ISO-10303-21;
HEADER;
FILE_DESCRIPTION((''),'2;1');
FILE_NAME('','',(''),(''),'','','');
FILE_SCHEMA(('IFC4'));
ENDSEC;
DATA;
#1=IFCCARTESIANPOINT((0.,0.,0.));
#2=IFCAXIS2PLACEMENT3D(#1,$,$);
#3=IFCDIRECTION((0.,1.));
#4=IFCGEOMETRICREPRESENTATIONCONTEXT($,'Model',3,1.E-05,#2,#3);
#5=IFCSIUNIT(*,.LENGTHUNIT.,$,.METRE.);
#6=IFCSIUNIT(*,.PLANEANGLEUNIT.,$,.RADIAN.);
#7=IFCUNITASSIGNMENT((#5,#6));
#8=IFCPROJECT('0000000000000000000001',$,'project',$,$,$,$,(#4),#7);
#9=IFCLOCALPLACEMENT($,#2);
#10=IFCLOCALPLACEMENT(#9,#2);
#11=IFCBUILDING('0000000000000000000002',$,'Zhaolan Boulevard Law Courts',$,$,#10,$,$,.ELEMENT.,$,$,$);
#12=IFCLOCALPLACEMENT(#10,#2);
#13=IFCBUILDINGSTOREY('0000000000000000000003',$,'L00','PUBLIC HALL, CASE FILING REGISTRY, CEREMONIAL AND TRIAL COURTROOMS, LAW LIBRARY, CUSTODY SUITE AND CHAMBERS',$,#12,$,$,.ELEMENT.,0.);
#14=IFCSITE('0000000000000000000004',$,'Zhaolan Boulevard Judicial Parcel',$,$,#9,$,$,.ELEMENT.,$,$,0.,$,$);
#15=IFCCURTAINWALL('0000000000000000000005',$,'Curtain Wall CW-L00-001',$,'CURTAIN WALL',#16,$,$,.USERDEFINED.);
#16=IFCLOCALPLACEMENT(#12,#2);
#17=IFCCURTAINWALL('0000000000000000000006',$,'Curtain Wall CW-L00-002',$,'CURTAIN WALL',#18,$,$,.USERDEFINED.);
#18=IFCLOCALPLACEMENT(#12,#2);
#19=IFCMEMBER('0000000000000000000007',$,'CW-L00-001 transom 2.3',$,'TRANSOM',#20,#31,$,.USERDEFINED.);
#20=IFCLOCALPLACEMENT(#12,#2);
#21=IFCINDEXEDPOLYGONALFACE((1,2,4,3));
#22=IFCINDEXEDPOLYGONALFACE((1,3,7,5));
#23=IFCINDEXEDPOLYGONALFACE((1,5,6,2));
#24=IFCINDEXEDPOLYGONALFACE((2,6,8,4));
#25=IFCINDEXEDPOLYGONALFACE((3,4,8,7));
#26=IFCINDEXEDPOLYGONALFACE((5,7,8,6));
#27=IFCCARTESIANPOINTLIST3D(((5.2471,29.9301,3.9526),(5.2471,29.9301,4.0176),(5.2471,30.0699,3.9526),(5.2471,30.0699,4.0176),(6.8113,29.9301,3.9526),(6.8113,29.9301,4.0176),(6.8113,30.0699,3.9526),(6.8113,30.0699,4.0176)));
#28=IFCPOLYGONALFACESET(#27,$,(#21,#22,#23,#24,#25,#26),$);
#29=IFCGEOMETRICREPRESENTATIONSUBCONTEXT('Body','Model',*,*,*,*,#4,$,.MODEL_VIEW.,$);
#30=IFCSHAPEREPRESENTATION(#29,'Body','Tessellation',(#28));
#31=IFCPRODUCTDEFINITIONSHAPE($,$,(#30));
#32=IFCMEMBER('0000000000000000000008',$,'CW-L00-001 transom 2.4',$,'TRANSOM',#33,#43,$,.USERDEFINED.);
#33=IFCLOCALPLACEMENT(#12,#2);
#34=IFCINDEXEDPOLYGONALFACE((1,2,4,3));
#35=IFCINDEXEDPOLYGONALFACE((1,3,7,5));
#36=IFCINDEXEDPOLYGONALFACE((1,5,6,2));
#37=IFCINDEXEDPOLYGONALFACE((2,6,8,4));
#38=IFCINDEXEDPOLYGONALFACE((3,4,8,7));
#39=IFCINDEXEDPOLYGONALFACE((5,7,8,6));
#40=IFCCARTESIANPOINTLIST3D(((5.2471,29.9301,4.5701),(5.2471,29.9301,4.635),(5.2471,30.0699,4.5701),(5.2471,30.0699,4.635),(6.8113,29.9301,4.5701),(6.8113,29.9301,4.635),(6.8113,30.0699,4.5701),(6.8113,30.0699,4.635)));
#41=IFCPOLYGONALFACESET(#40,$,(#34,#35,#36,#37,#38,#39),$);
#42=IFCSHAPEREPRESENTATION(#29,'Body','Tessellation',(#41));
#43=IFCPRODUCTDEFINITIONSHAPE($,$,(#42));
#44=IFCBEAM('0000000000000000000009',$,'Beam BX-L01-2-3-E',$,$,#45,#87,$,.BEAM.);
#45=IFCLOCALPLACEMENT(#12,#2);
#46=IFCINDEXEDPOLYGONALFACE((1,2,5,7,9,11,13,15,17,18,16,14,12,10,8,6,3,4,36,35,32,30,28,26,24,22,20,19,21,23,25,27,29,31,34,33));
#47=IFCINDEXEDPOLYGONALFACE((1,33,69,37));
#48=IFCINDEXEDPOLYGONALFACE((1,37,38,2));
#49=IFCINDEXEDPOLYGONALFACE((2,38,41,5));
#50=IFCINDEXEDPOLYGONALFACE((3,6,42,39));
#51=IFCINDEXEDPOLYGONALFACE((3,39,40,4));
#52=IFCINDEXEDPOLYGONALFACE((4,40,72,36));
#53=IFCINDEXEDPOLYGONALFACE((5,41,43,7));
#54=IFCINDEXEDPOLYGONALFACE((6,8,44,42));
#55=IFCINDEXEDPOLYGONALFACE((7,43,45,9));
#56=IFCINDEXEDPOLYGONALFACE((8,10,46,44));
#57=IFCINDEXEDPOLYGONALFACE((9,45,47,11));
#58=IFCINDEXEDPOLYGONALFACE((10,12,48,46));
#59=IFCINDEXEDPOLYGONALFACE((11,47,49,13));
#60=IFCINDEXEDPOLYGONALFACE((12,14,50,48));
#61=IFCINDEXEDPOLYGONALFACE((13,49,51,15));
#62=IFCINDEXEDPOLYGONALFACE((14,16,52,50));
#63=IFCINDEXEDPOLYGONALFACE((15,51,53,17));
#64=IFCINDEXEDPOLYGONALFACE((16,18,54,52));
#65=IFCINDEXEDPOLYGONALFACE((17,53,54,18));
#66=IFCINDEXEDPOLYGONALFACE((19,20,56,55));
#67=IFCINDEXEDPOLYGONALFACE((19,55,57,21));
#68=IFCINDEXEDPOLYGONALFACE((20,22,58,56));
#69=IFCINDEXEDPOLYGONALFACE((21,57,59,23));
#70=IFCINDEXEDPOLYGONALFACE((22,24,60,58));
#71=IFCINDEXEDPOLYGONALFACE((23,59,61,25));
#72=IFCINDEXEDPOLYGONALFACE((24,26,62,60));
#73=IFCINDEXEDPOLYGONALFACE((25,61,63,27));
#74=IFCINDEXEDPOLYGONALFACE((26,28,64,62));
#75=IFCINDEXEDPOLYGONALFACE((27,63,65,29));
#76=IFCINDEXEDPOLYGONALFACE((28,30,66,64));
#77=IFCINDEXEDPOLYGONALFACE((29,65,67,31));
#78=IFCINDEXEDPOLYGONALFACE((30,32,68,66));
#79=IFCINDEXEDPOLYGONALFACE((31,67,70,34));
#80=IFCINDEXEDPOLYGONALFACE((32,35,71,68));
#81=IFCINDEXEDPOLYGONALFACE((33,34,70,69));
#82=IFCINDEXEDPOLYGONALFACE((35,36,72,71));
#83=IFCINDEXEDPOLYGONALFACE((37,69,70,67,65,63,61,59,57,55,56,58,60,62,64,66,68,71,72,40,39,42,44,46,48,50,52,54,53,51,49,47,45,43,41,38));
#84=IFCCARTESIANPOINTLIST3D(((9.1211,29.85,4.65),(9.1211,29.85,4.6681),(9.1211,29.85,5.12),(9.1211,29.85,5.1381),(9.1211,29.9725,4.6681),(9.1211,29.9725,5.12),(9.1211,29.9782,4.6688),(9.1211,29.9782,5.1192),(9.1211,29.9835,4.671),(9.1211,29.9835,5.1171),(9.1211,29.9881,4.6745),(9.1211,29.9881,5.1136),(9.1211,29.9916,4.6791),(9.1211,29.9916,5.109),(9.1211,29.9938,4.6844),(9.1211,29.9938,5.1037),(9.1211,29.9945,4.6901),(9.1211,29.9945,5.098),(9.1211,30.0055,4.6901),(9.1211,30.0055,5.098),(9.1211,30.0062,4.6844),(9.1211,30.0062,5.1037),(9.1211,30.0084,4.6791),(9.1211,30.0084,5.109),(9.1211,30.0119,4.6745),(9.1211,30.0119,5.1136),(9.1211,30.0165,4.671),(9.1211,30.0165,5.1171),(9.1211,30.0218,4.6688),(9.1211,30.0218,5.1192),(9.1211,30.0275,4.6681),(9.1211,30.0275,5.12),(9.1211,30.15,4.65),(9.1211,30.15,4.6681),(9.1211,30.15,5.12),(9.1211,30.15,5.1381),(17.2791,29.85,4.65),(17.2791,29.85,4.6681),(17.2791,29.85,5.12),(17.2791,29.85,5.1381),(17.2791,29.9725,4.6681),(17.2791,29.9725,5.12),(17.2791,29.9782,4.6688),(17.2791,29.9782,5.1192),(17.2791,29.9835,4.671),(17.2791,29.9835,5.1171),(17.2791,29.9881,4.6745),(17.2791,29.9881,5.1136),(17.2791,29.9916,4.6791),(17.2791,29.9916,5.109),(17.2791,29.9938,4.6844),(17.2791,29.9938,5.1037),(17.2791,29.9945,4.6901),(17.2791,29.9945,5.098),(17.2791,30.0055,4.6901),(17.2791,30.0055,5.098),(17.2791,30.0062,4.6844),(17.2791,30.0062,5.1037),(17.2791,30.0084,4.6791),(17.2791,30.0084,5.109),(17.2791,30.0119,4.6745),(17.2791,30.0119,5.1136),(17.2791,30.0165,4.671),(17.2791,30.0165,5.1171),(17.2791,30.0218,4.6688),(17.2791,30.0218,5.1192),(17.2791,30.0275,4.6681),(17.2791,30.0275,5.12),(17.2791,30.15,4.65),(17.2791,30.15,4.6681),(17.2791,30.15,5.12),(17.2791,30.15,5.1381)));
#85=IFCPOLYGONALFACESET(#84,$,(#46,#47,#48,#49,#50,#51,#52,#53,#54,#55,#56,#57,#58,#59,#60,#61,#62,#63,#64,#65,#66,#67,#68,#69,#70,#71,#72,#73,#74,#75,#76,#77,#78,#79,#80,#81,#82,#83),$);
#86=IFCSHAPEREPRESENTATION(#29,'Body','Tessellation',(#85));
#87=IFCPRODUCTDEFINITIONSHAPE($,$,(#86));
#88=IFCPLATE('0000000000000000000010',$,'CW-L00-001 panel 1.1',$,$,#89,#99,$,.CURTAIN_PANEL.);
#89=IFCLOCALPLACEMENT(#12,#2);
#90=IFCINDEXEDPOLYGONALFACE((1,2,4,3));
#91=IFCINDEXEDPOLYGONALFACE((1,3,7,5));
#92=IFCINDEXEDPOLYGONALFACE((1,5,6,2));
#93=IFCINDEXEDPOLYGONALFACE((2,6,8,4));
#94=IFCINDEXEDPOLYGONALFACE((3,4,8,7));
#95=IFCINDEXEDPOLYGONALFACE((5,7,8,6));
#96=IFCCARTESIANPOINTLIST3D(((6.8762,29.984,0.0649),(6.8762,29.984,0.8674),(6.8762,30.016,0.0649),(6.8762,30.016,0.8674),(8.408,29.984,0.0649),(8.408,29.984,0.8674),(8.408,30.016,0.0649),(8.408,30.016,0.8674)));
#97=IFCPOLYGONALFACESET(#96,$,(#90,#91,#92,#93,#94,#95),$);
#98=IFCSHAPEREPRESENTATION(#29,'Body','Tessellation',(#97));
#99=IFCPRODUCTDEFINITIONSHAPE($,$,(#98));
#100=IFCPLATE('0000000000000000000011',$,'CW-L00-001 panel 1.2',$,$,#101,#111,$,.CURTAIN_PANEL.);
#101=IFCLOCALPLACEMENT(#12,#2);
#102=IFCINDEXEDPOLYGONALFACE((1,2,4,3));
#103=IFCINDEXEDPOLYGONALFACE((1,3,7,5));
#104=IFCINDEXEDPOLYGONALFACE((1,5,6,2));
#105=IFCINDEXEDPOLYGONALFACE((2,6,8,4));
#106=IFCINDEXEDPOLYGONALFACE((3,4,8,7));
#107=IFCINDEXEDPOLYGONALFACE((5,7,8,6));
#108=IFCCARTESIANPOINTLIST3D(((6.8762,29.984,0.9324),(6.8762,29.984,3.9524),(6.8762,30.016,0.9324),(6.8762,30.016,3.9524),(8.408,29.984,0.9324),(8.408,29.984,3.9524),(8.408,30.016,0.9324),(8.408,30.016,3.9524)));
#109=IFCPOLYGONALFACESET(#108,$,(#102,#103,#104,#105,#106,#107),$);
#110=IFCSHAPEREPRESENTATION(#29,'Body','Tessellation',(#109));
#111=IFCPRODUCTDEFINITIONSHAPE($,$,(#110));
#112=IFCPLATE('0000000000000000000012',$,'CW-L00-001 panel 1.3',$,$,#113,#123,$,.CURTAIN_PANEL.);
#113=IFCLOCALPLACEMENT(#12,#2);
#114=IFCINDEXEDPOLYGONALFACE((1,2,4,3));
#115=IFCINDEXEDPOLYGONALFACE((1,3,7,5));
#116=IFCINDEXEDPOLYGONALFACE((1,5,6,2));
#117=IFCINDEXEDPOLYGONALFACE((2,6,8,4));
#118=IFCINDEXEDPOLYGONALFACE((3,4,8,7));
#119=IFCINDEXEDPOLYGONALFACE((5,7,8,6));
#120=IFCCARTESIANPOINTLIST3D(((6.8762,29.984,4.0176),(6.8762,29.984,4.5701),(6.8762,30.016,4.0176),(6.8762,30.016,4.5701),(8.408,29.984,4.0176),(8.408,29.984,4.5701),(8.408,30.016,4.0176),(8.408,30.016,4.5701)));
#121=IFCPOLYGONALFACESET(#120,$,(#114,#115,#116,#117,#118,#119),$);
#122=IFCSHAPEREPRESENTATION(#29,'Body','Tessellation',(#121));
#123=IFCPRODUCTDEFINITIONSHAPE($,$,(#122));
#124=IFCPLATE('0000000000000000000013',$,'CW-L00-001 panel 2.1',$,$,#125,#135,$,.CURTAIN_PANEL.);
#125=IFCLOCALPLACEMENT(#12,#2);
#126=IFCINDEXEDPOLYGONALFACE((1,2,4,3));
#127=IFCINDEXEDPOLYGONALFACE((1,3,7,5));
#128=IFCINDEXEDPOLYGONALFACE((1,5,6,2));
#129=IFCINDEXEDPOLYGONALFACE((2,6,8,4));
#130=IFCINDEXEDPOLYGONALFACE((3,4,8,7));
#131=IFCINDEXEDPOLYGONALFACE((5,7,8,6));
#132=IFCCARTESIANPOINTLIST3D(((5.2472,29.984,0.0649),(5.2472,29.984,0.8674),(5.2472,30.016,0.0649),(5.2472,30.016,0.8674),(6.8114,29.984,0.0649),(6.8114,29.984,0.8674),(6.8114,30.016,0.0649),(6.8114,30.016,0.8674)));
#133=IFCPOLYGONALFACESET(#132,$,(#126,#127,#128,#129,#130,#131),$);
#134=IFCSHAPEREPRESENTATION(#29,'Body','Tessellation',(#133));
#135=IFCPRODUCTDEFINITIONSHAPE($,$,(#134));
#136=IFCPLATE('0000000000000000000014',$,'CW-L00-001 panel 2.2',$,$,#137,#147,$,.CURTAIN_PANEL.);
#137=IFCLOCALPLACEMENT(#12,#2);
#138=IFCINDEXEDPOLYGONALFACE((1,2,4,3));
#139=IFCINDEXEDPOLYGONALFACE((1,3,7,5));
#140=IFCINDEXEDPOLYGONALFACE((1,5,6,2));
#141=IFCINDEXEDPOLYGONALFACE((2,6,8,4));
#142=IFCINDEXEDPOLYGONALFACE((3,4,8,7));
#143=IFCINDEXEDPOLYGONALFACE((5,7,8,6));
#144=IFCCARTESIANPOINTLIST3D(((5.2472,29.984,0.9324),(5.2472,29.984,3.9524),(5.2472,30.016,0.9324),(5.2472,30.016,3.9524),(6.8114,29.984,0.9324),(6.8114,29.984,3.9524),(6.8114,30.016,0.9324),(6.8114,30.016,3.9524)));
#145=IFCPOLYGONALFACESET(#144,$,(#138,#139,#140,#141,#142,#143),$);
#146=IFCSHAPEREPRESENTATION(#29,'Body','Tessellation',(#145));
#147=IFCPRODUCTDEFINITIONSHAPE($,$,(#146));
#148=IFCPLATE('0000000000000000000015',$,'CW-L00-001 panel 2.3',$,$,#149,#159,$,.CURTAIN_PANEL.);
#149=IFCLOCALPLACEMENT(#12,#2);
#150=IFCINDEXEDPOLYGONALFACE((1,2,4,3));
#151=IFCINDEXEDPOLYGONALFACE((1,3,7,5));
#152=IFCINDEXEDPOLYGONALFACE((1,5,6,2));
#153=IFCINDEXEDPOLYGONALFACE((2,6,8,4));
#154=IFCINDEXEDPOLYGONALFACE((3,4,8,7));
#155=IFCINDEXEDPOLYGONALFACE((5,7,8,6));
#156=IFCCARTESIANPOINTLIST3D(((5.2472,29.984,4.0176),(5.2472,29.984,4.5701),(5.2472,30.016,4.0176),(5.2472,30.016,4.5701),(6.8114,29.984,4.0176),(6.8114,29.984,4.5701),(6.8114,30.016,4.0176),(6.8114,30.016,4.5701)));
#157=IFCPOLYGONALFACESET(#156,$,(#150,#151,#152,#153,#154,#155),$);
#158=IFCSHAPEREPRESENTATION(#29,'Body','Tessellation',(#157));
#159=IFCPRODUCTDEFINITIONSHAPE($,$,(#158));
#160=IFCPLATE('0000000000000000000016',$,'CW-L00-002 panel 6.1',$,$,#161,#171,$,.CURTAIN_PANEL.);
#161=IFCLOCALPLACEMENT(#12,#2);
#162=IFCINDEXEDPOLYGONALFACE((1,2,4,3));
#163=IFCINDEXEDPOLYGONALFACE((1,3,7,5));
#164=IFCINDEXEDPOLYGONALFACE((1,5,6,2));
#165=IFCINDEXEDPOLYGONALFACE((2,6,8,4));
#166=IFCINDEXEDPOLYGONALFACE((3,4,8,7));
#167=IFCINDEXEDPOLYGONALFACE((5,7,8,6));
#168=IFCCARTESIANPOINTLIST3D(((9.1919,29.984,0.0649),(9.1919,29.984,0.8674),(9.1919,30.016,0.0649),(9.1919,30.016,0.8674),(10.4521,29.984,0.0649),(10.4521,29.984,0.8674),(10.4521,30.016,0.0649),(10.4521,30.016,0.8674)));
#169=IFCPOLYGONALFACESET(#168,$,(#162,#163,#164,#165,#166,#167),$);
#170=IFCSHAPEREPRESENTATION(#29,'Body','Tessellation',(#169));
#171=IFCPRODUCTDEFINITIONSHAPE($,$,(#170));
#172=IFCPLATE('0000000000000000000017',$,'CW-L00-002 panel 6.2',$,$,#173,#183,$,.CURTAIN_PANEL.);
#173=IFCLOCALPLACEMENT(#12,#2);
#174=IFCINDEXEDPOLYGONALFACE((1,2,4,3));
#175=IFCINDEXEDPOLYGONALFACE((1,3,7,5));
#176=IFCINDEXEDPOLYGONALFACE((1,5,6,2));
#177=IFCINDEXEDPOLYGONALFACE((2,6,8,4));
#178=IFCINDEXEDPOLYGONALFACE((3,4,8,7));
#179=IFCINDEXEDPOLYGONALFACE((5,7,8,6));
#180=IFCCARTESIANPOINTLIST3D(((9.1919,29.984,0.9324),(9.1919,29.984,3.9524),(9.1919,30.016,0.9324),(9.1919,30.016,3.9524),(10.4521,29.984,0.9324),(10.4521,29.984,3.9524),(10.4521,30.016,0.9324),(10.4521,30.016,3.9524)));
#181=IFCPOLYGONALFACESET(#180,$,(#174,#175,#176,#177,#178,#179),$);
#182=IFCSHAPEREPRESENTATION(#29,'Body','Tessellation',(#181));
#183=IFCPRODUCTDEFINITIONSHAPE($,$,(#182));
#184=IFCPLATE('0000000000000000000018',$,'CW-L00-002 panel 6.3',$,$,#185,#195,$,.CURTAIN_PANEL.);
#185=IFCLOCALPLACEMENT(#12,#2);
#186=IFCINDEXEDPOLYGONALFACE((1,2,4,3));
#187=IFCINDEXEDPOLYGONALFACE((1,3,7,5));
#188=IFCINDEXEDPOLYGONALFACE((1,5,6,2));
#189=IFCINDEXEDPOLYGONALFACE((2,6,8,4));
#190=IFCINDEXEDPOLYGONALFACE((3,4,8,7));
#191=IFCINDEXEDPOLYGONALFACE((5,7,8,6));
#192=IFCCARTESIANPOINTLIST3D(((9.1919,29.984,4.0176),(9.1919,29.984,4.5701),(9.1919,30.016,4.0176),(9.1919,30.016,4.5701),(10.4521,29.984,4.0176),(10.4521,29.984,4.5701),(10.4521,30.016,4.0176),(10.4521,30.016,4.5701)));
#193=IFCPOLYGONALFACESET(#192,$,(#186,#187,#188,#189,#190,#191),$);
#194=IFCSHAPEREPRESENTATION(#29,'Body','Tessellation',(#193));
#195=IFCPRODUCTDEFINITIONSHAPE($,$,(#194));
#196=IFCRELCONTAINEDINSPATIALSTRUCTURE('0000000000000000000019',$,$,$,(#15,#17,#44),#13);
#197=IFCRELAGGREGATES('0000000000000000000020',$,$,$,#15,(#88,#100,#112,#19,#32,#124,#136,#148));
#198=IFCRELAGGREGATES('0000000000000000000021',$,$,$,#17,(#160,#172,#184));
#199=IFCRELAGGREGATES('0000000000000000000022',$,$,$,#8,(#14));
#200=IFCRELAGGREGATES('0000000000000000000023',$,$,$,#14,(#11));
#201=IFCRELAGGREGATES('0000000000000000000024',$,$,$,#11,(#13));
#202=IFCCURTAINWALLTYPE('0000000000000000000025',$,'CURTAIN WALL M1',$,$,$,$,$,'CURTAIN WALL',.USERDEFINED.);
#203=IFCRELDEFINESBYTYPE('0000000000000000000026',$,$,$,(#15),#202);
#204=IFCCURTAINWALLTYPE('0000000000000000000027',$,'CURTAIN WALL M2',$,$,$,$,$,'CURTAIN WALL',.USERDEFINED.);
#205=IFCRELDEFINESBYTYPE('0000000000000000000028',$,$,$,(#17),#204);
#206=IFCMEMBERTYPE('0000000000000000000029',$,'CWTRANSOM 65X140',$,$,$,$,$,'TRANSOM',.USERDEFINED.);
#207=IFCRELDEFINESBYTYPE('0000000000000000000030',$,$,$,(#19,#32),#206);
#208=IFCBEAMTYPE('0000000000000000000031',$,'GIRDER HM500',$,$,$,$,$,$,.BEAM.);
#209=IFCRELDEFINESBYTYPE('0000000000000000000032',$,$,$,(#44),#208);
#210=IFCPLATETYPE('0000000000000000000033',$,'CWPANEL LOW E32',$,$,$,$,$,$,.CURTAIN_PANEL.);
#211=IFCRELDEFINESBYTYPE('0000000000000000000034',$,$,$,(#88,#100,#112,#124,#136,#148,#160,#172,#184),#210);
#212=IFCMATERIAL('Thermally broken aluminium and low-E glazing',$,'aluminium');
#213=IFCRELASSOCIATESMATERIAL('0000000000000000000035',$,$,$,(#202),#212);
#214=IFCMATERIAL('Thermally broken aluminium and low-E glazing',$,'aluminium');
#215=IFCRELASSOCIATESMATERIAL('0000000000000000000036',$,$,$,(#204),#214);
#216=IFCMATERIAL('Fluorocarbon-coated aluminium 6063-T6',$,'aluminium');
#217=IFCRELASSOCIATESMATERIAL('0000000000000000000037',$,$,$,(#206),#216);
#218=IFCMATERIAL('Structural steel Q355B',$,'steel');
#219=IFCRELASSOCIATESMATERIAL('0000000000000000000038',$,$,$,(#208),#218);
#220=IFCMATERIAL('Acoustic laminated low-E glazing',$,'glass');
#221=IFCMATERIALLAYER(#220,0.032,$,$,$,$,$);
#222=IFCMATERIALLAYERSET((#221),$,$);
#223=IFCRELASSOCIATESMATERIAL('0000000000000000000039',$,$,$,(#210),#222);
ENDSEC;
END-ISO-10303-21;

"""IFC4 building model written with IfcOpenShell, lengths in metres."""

from ifc_helpers import new_model, si_unit, direction, frame, origin, origin_2d, place, context, subcontext, project, spatial, rectangle, i_section, extrude, material, layer, layer_set, material_profile, profile_set, type_object, element, aggregate, save


model = new_model("IFC4")

# Units and contexts
model_context = context("Model", 3, precision=1e-05, world=origin(), true_north=direction((0.0, 1.0)))
body_context = subcontext(model_context, "Body", "Model", "MODEL_VIEW")
ifc_project = project(units=[si_unit("LENGTHUNIT", "METRE"), si_unit("PLANEANGLEUNIT", "RADIAN")], contexts=[model_context])

# Site, building, storey
site_placement = place(None, origin())
site = spatial("IfcSite", under=ifc_project, at=site_placement, Name="Zhaolan Boulevard Judicial Parcel", CompositionType="ELEMENT", RefElevation=0.0)
building_placement = place(site_placement, origin())
building = spatial("IfcBuilding", under=site, at=building_placement, Name="Zhaolan Boulevard Law Courts", CompositionType="ELEMENT")
storey_placement = place(building_placement, origin())
storey = spatial("IfcBuildingStorey", under=building, at=storey_placement, Name="L00", Description="PUBLIC HALL, CASE FILING REGISTRY, CEREMONIAL AND TRIAL COURTROOMS, LAW LIBRARY, CUSTODY SUITE AND CHAMBERS", CompositionType="ELEMENT", Elevation=0.0)

# Curtain wall
ifc_material_1 = material(Name="Thermally broken aluminium and low-E glazing", Category="aluminium")
curtain_wall_type_1 = type_object("IfcCurtainWallType", Name="CURTAIN WALL M1", ElementType="CURTAIN WALL", PredefinedType="USERDEFINED", material=ifc_material_1)
curtain_wall_1_placement = place(storey_placement, origin())
curtain_wall_1 = element("IfcCurtainWall", 1, at=curtain_wall_1_placement, inside=storey, type_object=curtain_wall_type_1, Name="Curtain Wall CW-L00-001", ObjectType="CURTAIN WALL", PredefinedType="USERDEFINED")

# Curtain wall
ifc_material_2 = material(Name="Thermally broken aluminium and low-E glazing", Category="aluminium")
curtain_wall_type_2 = type_object("IfcCurtainWallType", Name="CURTAIN WALL M2", ElementType="CURTAIN WALL", PredefinedType="USERDEFINED", material=ifc_material_2)
curtain_wall_2_placement = place(storey_placement, origin())
curtain_wall_2 = element("IfcCurtainWall", 2, at=curtain_wall_2_placement, inside=storey, type_object=curtain_wall_type_2, Name="Curtain Wall CW-L00-002", ObjectType="CURTAIN WALL", PredefinedType="USERDEFINED")

# Members
ifc_material_3 = material(Name="Fluorocarbon-coated aluminium 6063-T6", Category="aluminium")
ifc_material_profile_1 = material_profile(ifc_material_3, rectangle(XDim=0.1399, YDim=0.0649, at=origin_2d()), Name="AL65x140")
ifc_profile_set_1 = profile_set([ifc_material_profile_1], Name="Fluorocarbon-coated aluminium 6063-T6")
member_type_1 = type_object("IfcMemberType", Name="CWTRANSOM 65X140", ElementType="TRANSOM", PredefinedType="USERDEFINED", material=ifc_profile_set_1)
member_1_placement = place(storey_placement, frame((6.8113, 30.0, 3.9851), z_axis=(-1.0, 0.0, 0.0), x_axis=(0.0, -1.0, 0.0)))
member_1 = element("IfcMember", 3, at=member_1_placement, type_object=member_type_1, Name="CW-L00-001 transom 2.3", ObjectType="TRANSOM", PredefinedType="USERDEFINED", context=body_context, shape_type="SweptSolid", body=[
    extrude(rectangle(XDim=0.1399, YDim=0.0649, at=origin_2d()), origin(), (0.0, 0.0, 1.0), 1.5642),
])
member_2_placement = place(storey_placement, frame((6.8113, 30.0, 4.6025), z_axis=(-1.0, 0.0, 0.0), x_axis=(0.0, -1.0, 0.0)))
member_2 = element("IfcMember", 4, at=member_2_placement, type_object=member_type_1, Name="CW-L00-001 transom 2.4", ObjectType="TRANSOM", PredefinedType="USERDEFINED", context=body_context, shape_type="SweptSolid", body=[
    extrude(rectangle(XDim=0.1399, YDim=0.0649, at=origin_2d()), origin(), (0.0, 0.0, 1.0), 1.5642),
])

# Beam
ifc_material_4 = material(Name="Structural steel Q355B", Category="steel")
ifc_material_profile_2 = material_profile(ifc_material_4, i_section(OverallWidth=0.3, OverallDepth=0.488, WebThickness=0.011, FlangeThickness=0.0181, FilletRadius=0.022, at=origin_2d()), Name="HM488x300")
ifc_profile_set_2 = profile_set([ifc_material_profile_2], Name="Structural steel Q355B")
beam_type = type_object("IfcBeamType", Name="GIRDER HM500", PredefinedType="BEAM", material=ifc_profile_set_2)
beam_placement = place(storey_placement, frame((9.1211, 30.0, 4.894), z_axis=(1.0, 0.0, 0.0), x_axis=(0.0, 1.0, 0.0)))
element("IfcBeam", 5, at=beam_placement, inside=storey, type_object=beam_type, Name="Beam BX-L01-2-3-E", PredefinedType="BEAM", context=body_context, shape_type="SweptSolid", body=[
    extrude(i_section(OverallWidth=0.3, OverallDepth=0.488, WebThickness=0.011, FlangeThickness=0.0181, FilletRadius=0.022, at=origin_2d()), origin(), (0.0, 0.0, 1.0), 8.158),
])

# Plates
ifc_material_5 = material(Name="Acoustic laminated low-E glazing", Category="glass")
ifc_layer_1 = layer(ifc_material_5, 0.032)
ifc_layer_set_1 = layer_set([ifc_layer_1])
plate_type_1 = type_object("IfcPlateType", Name="CWPANEL LOW E32", PredefinedType="CURTAIN_PANEL", material=ifc_layer_set_1)
plate_1_placement = place(storey_placement, frame((7.6421, 30.0, 0.0649), z_axis=(0.0, 0.0, 1.0), x_axis=(-1.0, 0.0, 0.0)))
plate_1 = element("IfcPlate", 6, at=plate_1_placement, type_object=plate_type_1, Name="CW-L00-001 panel 1.1", PredefinedType="CURTAIN_PANEL", context=body_context, shape_type="SweptSolid", body=[
    extrude(rectangle(XDim=1.5317, YDim=0.032, at=origin_2d()), origin(), (0.0, 0.0, 1.0), 0.8025),
])
plate_2_placement = place(storey_placement, frame((7.6421, 30.0, 0.9324), z_axis=(0.0, 0.0, 1.0), x_axis=(-1.0, 0.0, 0.0)))
plate_2 = element("IfcPlate", 7, at=plate_2_placement, type_object=plate_type_1, Name="CW-L00-001 panel 1.2", PredefinedType="CURTAIN_PANEL", context=body_context, shape_type="SweptSolid", body=[
    extrude(rectangle(XDim=1.5317, YDim=0.032, at=origin_2d()), origin(), (0.0, 0.0, 1.0), 3.02),
])
plate_3_placement = place(storey_placement, frame((7.6421, 30.0, 4.0176), z_axis=(0.0, 0.0, 1.0), x_axis=(-1.0, 0.0, 0.0)))
plate_3 = element("IfcPlate", 8, at=plate_3_placement, type_object=plate_type_1, Name="CW-L00-001 panel 1.3", PredefinedType="CURTAIN_PANEL", context=body_context, shape_type="SweptSolid", body=[
    extrude(rectangle(XDim=1.5317, YDim=0.032, at=origin_2d()), origin(), (0.0, 0.0, 1.0), 0.5525),
])
plate_4_placement = place(storey_placement, frame((6.0293, 30.0, 0.0649), z_axis=(0.0, 0.0, 1.0), x_axis=(-1.0, 0.0, 0.0)))
plate_4 = element("IfcPlate", 9, at=plate_4_placement, type_object=plate_type_1, Name="CW-L00-001 panel 2.1", PredefinedType="CURTAIN_PANEL", context=body_context, shape_type="SweptSolid", body=[
    extrude(rectangle(XDim=1.5642, YDim=0.032, at=origin_2d()), origin(), (0.0, 0.0, 1.0), 0.8025),
])
plate_5_placement = place(storey_placement, frame((6.0293, 30.0, 0.9324), z_axis=(0.0, 0.0, 1.0), x_axis=(-1.0, 0.0, 0.0)))
plate_5 = element("IfcPlate", 10, at=plate_5_placement, type_object=plate_type_1, Name="CW-L00-001 panel 2.2", PredefinedType="CURTAIN_PANEL", context=body_context, shape_type="SweptSolid", body=[
    extrude(rectangle(XDim=1.5642, YDim=0.032, at=origin_2d()), origin(), (0.0, 0.0, 1.0), 3.02),
])
plate_6_placement = place(storey_placement, frame((6.0293, 30.0, 4.0176), z_axis=(0.0, 0.0, 1.0), x_axis=(-1.0, 0.0, 0.0)))
plate_6 = element("IfcPlate", 11, at=plate_6_placement, type_object=plate_type_1, Name="CW-L00-001 panel 2.3", PredefinedType="CURTAIN_PANEL", context=body_context, shape_type="SweptSolid", body=[
    extrude(rectangle(XDim=1.5642, YDim=0.032, at=origin_2d()), origin(), (0.0, 0.0, 1.0), 0.5525),
])
aggregate(curtain_wall_1, [plate_1, plate_2, plate_3, member_1, member_2, plate_4, plate_5, plate_6])
plate_7_placement = place(storey_placement, frame((9.822, 30.0, 0.0649), z_axis=(0.0, 0.0, 1.0), x_axis=(-1.0, 0.0, 0.0)))
plate_7 = element("IfcPlate", 12, at=plate_7_placement, type_object=plate_type_1, Name="CW-L00-002 panel 6.1", PredefinedType="CURTAIN_PANEL", context=body_context, shape_type="SweptSolid", body=[
    extrude(rectangle(XDim=1.2603, YDim=0.032, at=origin_2d()), origin(), (0.0, 0.0, 1.0), 0.8025),
])
plate_8_placement = place(storey_placement, frame((9.822, 30.0, 0.9324), z_axis=(0.0, 0.0, 1.0), x_axis=(-1.0, 0.0, 0.0)))
plate_8 = element("IfcPlate", 13, at=plate_8_placement, type_object=plate_type_1, Name="CW-L00-002 panel 6.2", PredefinedType="CURTAIN_PANEL", context=body_context, shape_type="SweptSolid", body=[
    extrude(rectangle(XDim=1.2603, YDim=0.032, at=origin_2d()), origin(), (0.0, 0.0, 1.0), 3.02),
])
plate_9_placement = place(storey_placement, frame((9.822, 30.0, 4.0176), z_axis=(0.0, 0.0, 1.0), x_axis=(-1.0, 0.0, 0.0)))
plate_9 = element("IfcPlate", 14, at=plate_9_placement, type_object=plate_type_1, Name="CW-L00-002 panel 6.3", PredefinedType="CURTAIN_PANEL", context=body_context, shape_type="SweptSolid", body=[
    extrude(rectangle(XDim=1.2603, YDim=0.032, at=origin_2d()), origin(), (0.0, 0.0, 1.0), 0.5525),
])
aggregate(curtain_wall_2, [plate_7, plate_8, plate_9])

save(model, "model.ifc")
